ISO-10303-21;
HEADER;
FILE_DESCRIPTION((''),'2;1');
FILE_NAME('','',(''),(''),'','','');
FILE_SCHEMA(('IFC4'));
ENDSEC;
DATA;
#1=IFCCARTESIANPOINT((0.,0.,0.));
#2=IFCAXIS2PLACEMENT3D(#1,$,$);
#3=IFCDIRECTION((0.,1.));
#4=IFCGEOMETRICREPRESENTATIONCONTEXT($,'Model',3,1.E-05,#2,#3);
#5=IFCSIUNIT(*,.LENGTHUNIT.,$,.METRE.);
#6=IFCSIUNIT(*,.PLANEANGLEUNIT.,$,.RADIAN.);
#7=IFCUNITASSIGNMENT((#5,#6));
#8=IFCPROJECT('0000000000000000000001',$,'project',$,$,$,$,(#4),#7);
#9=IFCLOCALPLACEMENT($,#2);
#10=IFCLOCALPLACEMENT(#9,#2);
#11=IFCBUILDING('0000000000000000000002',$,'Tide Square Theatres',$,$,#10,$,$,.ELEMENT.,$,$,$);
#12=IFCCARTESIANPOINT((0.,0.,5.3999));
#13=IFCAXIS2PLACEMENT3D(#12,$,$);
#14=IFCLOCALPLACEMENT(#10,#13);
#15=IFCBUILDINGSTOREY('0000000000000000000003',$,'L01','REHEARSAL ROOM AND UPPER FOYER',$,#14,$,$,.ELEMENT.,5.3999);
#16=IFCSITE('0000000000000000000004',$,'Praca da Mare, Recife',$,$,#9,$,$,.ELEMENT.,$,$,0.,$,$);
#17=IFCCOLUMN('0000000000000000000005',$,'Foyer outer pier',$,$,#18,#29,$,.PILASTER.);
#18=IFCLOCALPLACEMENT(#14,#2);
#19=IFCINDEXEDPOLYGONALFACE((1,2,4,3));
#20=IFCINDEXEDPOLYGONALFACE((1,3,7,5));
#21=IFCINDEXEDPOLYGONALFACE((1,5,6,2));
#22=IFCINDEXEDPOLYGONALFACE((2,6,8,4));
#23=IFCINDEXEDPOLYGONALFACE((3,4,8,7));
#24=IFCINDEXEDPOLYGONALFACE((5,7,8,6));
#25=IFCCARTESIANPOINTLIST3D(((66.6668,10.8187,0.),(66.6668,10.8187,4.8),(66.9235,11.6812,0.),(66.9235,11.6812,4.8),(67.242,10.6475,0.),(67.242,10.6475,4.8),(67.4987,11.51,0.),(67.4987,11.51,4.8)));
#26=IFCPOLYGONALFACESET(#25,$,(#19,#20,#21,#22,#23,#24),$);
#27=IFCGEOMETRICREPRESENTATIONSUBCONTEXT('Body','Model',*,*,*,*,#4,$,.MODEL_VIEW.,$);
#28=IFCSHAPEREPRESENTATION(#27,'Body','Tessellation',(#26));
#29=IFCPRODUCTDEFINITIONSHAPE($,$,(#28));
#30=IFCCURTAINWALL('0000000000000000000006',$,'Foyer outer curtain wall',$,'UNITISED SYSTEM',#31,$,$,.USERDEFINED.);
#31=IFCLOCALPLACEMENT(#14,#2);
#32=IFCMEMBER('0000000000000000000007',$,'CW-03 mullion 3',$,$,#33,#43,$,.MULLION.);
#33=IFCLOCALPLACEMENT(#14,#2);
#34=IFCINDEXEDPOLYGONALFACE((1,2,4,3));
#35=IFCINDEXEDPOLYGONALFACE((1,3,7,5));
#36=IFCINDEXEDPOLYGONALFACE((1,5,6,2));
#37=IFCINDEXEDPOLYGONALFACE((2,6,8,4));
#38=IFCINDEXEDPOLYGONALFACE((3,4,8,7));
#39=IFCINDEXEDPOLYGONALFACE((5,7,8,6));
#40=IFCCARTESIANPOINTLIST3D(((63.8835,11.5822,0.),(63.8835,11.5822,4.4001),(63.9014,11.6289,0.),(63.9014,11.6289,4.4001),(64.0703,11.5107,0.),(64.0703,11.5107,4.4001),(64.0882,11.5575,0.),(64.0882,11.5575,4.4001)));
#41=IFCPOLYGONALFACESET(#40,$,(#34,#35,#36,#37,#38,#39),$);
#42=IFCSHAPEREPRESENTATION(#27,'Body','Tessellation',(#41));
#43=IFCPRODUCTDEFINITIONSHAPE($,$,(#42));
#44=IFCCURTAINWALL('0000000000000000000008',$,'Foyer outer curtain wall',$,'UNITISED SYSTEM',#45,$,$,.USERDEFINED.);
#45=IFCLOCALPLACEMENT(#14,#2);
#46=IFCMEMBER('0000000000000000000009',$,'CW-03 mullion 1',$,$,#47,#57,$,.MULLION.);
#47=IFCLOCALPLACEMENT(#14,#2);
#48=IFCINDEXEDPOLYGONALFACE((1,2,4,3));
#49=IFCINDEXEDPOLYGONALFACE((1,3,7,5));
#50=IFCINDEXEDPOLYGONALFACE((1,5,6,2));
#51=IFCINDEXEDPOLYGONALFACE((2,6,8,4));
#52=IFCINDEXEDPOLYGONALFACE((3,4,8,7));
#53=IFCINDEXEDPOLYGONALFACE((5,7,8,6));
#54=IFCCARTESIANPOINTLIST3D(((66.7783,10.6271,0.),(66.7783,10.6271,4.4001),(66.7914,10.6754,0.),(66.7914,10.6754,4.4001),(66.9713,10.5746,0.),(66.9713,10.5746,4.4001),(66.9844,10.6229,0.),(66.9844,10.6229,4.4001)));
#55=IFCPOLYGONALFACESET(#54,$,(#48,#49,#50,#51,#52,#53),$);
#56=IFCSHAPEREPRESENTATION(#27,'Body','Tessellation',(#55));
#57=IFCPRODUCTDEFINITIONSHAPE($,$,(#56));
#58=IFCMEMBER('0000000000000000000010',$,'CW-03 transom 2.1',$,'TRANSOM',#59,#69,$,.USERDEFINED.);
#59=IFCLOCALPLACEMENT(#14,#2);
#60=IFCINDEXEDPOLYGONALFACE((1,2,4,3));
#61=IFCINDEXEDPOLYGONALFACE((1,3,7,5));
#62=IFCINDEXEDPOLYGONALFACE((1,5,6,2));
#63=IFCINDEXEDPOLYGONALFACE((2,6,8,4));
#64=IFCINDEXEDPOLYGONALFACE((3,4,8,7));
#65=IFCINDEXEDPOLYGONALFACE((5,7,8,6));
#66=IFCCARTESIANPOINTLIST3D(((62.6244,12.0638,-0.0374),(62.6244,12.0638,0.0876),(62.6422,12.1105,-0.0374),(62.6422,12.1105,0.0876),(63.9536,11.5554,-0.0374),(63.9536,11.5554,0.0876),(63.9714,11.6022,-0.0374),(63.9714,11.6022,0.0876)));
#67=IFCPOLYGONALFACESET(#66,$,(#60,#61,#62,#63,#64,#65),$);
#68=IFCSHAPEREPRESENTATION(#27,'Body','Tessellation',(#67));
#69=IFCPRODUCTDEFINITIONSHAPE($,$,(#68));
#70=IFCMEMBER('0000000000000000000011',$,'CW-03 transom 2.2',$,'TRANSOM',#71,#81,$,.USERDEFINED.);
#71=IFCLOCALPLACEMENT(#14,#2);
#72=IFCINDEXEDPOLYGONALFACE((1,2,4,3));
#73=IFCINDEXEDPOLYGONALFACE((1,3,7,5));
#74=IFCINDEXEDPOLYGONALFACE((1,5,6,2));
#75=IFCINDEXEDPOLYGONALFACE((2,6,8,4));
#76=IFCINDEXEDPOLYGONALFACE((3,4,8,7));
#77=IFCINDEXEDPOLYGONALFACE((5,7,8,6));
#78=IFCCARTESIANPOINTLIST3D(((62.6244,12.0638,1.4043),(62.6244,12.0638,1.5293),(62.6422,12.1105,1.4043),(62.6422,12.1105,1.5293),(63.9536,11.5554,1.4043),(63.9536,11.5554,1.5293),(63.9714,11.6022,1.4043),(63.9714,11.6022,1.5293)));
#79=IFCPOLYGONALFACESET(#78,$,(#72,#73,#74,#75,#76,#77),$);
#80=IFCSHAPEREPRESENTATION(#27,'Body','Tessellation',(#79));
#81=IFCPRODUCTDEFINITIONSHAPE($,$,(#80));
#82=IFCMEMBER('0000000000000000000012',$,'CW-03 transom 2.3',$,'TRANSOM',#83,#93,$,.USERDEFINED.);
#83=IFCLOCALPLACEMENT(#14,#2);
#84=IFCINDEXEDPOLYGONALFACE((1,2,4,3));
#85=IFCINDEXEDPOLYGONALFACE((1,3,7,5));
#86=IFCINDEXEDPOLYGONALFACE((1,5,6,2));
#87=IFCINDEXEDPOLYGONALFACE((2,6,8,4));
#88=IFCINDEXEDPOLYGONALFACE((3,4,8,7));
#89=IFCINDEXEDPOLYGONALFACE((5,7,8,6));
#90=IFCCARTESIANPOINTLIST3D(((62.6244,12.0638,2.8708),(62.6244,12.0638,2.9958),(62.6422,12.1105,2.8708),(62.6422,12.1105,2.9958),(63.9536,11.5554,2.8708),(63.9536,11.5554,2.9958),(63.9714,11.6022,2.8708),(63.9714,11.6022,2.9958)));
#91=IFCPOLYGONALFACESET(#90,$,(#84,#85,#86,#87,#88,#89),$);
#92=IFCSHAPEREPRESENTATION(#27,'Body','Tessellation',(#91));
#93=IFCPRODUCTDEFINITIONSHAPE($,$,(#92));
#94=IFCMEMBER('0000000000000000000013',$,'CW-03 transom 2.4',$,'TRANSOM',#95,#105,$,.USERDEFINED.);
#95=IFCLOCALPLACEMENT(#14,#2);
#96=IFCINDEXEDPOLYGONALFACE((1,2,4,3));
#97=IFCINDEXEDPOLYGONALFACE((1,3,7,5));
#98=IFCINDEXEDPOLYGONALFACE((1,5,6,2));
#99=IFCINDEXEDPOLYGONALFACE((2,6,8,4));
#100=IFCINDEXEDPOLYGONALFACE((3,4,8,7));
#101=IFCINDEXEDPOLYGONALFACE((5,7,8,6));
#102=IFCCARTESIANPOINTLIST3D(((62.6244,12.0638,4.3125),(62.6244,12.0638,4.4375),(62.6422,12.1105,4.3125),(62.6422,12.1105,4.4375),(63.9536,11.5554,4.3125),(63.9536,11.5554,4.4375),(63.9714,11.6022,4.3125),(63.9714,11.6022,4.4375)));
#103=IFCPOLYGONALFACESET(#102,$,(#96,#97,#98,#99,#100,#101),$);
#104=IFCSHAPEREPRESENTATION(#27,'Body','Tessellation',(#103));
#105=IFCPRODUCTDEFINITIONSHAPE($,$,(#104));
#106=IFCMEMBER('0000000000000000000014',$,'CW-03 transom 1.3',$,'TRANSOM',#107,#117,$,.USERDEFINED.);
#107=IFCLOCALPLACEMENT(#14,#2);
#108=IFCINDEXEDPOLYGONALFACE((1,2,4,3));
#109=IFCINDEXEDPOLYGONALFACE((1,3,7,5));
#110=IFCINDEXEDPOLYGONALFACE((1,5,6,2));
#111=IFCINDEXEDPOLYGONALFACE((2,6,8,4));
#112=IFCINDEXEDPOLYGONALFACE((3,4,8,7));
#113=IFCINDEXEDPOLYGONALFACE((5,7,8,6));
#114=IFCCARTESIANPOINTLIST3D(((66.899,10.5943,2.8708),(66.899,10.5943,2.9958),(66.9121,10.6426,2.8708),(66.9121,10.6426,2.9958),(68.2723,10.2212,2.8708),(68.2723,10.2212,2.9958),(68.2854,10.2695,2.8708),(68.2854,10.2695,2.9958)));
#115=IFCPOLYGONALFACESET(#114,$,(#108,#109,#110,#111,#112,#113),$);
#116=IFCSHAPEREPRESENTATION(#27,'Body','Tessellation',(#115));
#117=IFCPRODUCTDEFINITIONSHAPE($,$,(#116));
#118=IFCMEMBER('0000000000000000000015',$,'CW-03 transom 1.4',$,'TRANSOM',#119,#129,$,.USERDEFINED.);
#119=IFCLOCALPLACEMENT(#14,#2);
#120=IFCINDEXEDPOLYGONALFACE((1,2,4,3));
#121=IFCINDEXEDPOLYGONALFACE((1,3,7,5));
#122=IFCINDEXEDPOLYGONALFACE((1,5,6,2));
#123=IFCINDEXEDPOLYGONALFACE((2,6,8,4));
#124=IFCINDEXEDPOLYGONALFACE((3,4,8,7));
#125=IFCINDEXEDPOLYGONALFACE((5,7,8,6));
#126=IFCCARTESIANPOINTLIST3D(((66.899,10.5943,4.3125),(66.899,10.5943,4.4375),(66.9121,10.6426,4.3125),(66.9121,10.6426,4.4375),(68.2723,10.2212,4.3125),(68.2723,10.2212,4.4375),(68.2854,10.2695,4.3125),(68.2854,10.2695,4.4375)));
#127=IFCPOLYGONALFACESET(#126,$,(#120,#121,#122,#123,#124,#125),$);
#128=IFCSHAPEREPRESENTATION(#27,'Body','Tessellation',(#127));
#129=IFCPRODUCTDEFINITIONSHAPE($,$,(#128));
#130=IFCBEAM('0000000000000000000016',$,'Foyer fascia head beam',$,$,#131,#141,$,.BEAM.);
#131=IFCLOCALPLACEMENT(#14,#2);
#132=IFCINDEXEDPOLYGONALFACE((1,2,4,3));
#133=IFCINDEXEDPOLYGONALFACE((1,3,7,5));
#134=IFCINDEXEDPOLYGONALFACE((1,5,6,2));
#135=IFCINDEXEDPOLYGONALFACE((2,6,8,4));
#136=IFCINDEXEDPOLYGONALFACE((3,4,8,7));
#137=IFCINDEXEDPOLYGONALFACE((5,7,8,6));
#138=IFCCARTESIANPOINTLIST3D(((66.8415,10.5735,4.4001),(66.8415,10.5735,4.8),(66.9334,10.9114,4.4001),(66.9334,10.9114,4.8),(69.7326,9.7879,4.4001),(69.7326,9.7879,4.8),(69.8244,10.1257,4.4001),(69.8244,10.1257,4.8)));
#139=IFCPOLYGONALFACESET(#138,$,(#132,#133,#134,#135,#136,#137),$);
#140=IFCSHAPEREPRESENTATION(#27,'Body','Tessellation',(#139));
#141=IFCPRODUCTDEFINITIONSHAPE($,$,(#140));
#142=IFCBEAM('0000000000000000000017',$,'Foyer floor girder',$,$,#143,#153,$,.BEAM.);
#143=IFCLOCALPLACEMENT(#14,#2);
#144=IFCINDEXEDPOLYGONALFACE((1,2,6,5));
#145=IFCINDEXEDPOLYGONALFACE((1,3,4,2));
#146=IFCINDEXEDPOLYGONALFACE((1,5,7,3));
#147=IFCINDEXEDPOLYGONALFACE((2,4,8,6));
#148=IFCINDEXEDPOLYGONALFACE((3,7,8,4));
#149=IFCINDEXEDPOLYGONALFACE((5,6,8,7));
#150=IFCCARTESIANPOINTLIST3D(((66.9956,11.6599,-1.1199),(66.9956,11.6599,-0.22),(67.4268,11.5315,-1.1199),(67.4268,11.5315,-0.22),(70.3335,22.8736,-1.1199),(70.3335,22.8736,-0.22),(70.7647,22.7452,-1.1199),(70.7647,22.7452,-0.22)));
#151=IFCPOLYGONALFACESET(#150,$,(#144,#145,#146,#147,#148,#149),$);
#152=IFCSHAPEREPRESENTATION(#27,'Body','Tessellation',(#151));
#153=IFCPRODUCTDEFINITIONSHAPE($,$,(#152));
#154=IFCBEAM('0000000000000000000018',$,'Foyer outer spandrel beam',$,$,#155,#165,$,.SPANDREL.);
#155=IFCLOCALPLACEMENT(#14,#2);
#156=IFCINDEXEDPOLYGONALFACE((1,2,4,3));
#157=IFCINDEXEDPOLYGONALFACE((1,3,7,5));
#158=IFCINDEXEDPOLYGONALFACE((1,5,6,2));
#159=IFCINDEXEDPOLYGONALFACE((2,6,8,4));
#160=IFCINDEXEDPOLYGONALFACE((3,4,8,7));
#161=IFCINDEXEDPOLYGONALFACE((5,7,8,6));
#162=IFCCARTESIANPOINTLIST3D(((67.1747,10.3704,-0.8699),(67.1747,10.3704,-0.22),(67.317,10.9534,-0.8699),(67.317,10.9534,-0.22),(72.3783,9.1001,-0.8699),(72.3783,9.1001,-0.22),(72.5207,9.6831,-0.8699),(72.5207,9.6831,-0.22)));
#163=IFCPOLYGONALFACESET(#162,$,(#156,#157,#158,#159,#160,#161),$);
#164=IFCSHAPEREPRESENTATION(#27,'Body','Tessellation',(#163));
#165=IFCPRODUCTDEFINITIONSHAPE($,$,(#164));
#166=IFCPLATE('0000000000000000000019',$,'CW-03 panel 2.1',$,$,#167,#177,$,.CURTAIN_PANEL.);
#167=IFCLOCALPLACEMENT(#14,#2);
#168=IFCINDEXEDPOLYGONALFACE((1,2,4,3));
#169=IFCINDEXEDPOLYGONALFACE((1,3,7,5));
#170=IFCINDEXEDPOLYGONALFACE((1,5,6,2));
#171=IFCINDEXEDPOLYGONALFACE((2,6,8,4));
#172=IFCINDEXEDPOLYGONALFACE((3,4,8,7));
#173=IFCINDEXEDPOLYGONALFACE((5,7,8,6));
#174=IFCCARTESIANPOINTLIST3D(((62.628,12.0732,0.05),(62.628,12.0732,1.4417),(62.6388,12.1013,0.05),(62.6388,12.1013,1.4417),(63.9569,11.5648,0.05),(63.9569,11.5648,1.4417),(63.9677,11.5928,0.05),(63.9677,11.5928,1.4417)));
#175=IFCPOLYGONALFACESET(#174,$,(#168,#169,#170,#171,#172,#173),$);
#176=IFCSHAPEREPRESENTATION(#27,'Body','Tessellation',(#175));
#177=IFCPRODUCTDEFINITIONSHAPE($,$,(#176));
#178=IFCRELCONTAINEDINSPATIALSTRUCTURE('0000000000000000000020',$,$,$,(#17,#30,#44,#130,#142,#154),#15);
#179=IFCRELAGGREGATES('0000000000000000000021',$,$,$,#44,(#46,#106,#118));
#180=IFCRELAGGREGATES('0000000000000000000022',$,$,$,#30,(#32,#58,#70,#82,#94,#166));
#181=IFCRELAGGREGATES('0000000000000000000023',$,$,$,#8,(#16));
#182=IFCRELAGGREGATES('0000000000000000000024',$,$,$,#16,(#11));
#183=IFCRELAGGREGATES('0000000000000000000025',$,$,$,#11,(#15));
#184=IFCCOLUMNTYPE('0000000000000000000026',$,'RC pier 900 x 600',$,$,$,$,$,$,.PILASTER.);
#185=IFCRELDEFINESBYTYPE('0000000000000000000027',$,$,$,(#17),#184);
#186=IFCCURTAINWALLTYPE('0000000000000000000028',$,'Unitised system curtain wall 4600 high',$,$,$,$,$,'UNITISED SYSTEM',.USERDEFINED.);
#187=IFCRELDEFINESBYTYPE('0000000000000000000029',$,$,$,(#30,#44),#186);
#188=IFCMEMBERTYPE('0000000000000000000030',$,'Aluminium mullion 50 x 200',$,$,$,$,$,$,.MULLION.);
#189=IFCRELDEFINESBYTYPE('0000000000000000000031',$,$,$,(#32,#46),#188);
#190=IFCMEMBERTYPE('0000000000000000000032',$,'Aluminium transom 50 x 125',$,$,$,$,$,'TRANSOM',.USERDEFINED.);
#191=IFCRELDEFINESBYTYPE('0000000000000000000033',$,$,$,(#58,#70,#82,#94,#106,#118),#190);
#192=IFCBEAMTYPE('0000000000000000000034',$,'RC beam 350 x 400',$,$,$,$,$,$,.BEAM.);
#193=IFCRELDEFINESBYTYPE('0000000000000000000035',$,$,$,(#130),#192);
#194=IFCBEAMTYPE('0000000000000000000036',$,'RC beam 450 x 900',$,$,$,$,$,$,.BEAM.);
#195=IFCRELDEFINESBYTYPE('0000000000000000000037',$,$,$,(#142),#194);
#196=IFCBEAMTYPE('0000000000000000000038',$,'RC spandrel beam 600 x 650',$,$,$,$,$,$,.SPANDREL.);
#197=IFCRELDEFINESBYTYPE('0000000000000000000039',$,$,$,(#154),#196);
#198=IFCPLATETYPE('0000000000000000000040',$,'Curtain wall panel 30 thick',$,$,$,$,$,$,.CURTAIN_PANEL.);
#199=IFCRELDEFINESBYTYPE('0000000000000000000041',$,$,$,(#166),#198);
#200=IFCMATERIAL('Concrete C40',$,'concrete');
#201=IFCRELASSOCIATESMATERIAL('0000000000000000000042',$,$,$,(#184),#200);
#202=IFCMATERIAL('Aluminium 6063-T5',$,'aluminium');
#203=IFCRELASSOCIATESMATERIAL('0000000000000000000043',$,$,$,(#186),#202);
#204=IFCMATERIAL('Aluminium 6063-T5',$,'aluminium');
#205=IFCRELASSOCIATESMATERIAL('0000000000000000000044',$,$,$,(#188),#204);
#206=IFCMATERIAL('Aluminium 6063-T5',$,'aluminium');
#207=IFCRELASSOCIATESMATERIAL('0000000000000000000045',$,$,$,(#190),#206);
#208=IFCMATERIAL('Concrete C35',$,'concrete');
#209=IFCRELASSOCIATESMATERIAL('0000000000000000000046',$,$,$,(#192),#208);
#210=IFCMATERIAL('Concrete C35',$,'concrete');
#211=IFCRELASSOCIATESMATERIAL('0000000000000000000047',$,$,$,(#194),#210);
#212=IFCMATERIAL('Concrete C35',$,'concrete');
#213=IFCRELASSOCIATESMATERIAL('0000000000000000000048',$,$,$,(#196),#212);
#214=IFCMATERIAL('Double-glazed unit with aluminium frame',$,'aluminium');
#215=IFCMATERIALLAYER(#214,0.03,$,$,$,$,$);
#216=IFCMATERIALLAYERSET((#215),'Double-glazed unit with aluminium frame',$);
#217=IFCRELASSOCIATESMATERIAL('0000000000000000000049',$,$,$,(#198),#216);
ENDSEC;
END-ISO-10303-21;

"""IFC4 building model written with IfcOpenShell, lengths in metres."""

from ifc_helpers import new_model, si_unit, direction, frame, origin, origin_2d, place, context, subcontext, project, spatial, rectangle, extrude, material, layer, layer_set, material_profile, profile_set, type_object, element, aggregate, save


model = new_model("IFC4")

# Units and contexts
model_context = context("Model", 3, precision=1e-05, world=origin(), true_north=direction((0.0, 1.0)))
body_context = subcontext(model_context, "Body", "Model", "MODEL_VIEW")
ifc_project = project(units=[si_unit("LENGTHUNIT", "METRE"), si_unit("PLANEANGLEUNIT", "RADIAN")], contexts=[model_context])

# Site, building, storey
site_placement = place(None, origin())
site = spatial("IfcSite", under=ifc_project, at=site_placement, Name="Praca da Mare, Recife", CompositionType="ELEMENT", RefElevation=0.0)
building_placement = place(site_placement, origin())
building = spatial("IfcBuilding", under=site, at=building_placement, Name="Tide Square Theatres", CompositionType="ELEMENT")
storey_placement = place(building_placement, frame((0.0, 0.0, 5.3999)))
storey = spatial("IfcBuildingStorey", under=building, at=storey_placement, Name="L01", Description="REHEARSAL ROOM AND UPPER FOYER", CompositionType="ELEMENT", Elevation=5.3999)

# Column
ifc_material_1 = material(Name="Concrete C40", Category="concrete")
ifc_material_profile_1 = material_profile(ifc_material_1, rectangle(XDim=0.8999, YDim=0.6001, at=origin_2d()))
ifc_profile_set_1 = profile_set([ifc_material_profile_1], Name="Concrete C40")
column_type = type_object("IfcColumnType", Name="RC pier 900 x 600", PredefinedType="PILASTER", material=ifc_profile_set_1)
column_placement = place(storey_placement, frame((67.0828, 11.1643, 0.0), z_axis=(0.0, 0.0, 1.0), x_axis=(-0.285282, -0.958444, 0.0)))
element("IfcColumn", 1, at=column_placement, inside=storey, type_object=column_type, Name="Foyer outer pier", PredefinedType="PILASTER", context=body_context, shape_type="SweptSolid", body=[
    extrude(rectangle(XDim=0.8999, YDim=0.6001, at=origin_2d()), origin(), (0.0, 0.0, 1.0), 4.8),
])

# Curtain walls, members
ifc_material_2 = material(Name="Aluminium 6063-T5", Category="aluminium")
curtain_wall_type = type_object("IfcCurtainWallType", Name="Unitised system curtain wall 4600 high", ElementType="UNITISED SYSTEM", PredefinedType="USERDEFINED", material=ifc_material_2)
curtain_wall_1_placement = place(storey_placement, origin())
curtain_wall_1 = element("IfcCurtainWall", 2, at=curtain_wall_1_placement, inside=storey, type_object=curtain_wall_type, Name="Foyer outer curtain wall", ObjectType="UNITISED SYSTEM", PredefinedType="USERDEFINED")
ifc_material_3 = material(Name="Aluminium 6063-T5", Category="aluminium")
ifc_material_profile_2 = material_profile(ifc_material_3, rectangle(XDim=0.05, YDim=0.2, at=origin_2d()))
ifc_profile_set_2 = profile_set([ifc_material_profile_2], Name="Aluminium 6063-T5")
member_type_1 = type_object("IfcMemberType", Name="Aluminium mullion 50 x 200", PredefinedType="MULLION", material=ifc_profile_set_2)
member_1_placement = place(storey_placement, frame((63.9858, 11.5698, 0.0), z_axis=(0.0, 0.0, 1.0), x_axis=(0.357352, 0.93397, 0.0)))
member_1 = element("IfcMember", 3, at=member_1_placement, type_object=member_type_1, Name="CW-03 mullion 3", PredefinedType="MULLION", context=body_context, shape_type="SweptSolid", body=[
    extrude(rectangle(XDim=0.05, YDim=0.2, at=origin_2d()), origin(), (0.0, 0.0, 1.0), 4.4001),
])
curtain_wall_2_placement = place(storey_placement, origin())
curtain_wall_2 = element("IfcCurtainWall", 4, at=curtain_wall_2_placement, inside=storey, type_object=curtain_wall_type, Name="Foyer outer curtain wall", ObjectType="UNITISED SYSTEM", PredefinedType="USERDEFINED")
member_2_placement = place(storey_placement, frame((66.8813, 10.625, 0.0), z_axis=(0.0, 0.0, 1.0), x_axis=(0.262214, 0.96501, 0.0)))
member_2 = element("IfcMember", 5, at=member_2_placement, type_object=member_type_1, Name="CW-03 mullion 1", PredefinedType="MULLION", context=body_context, shape_type="SweptSolid", body=[
    extrude(rectangle(XDim=0.05, YDim=0.2, at=origin_2d()), origin(), (0.0, 0.0, 1.0), 4.4001),
])

# Members
ifc_material_4 = material(Name="Aluminium 6063-T5", Category="aluminium")
ifc_material_profile_3 = material_profile(ifc_material_4, rectangle(XDim=0.05, YDim=0.125, at=origin_2d()))
ifc_profile_set_3 = profile_set([ifc_material_profile_3], Name="Aluminium 6063-T5")
member_type_2 = type_object("IfcMemberType", Name="Aluminium transom 50 x 125", ElementType="TRANSOM", PredefinedType="USERDEFINED", material=ifc_profile_set_3)
member_3_placement = place(storey_placement, frame((62.6333, 12.0872, 0.0251), z_axis=(0.934025, -0.357208, 0.0), x_axis=(0.357208, 0.934025, 0.0)))
member_3 = element("IfcMember", 6, at=member_3_placement, type_object=member_type_2, Name="CW-03 transom 2.1", ObjectType="TRANSOM", PredefinedType="USERDEFINED", context=body_context, shape_type="SweptSolid", body=[
    extrude(rectangle(XDim=0.05, YDim=0.125, at=origin_2d()), origin(), (0.0, 0.0, 1.0), 1.4231),
])
member_4_placement = place(storey_placement, frame((62.6333, 12.0872, 1.4668), z_axis=(0.934025, -0.357208, 0.0), x_axis=(0.357208, 0.934025, 0.0)))
member_4 = element("IfcMember", 7, at=member_4_placement, type_object=member_type_2, Name="CW-03 transom 2.2", ObjectType="TRANSOM", PredefinedType="USERDEFINED", context=body_context, shape_type="SweptSolid", body=[
    extrude(rectangle(XDim=0.05, YDim=0.125, at=origin_2d()), origin(), (0.0, 0.0, 1.0), 1.4231),
])
member_5_placement = place(storey_placement, frame((62.6333, 12.0872, 2.9333), z_axis=(0.934025, -0.357208, 0.0), x_axis=(0.357208, 0.934025, 0.0)))
member_5 = element("IfcMember", 8, at=member_5_placement, type_object=member_type_2, Name="CW-03 transom 2.3", ObjectType="TRANSOM", PredefinedType="USERDEFINED", context=body_context, shape_type="SweptSolid", body=[
    extrude(rectangle(XDim=0.05, YDim=0.125, at=origin_2d()), origin(), (0.0, 0.0, 1.0), 1.4231),
])
member_6_placement = place(storey_placement, frame((62.6333, 12.0872, 4.375), z_axis=(0.934025, -0.357208, 0.0), x_axis=(0.357208, 0.934025, 0.0)))
member_6 = element("IfcMember", 9, at=member_6_placement, type_object=member_type_2, Name="CW-03 transom 2.4", ObjectType="TRANSOM", PredefinedType="USERDEFINED", context=body_context, shape_type="SweptSolid", body=[
    extrude(rectangle(XDim=0.05, YDim=0.125, at=origin_2d()), origin(), (0.0, 0.0, 1.0), 1.4231),
])
member_7_placement = place(storey_placement, frame((66.9055, 10.6184, 2.9333), z_axis=(0.965029, -0.262145, 0.0), x_axis=(0.262145, 0.965029, 0.0)))
member_7 = element("IfcMember", 10, at=member_7_placement, type_object=member_type_2, Name="CW-03 transom 1.3", ObjectType="TRANSOM", PredefinedType="USERDEFINED", context=body_context, shape_type="SweptSolid", body=[
    extrude(rectangle(XDim=0.05, YDim=0.125, at=origin_2d()), origin(), (0.0, 0.0, 1.0), 1.4231),
])
member_8_placement = place(storey_placement, frame((66.9055, 10.6184, 4.375), z_axis=(0.965029, -0.262145, 0.0), x_axis=(0.262145, 0.965029, 0.0)))
member_8 = element("IfcMember", 11, at=member_8_placement, type_object=member_type_2, Name="CW-03 transom 1.4", ObjectType="TRANSOM", PredefinedType="USERDEFINED", context=body_context, shape_type="SweptSolid", body=[
    extrude(rectangle(XDim=0.05, YDim=0.125, at=origin_2d()), origin(), (0.0, 0.0, 1.0), 1.4231),
])
aggregate(curtain_wall_2, [member_2, member_7, member_8])

# Beams
ifc_material_5 = material(Name="Concrete C35", Category="concrete")
ifc_material_profile_4 = material_profile(ifc_material_5, rectangle(XDim=0.3501, YDim=0.3999, at=origin_2d()))
ifc_profile_set_4 = profile_set([ifc_material_profile_4], Name="Concrete C35")
beam_type_1 = type_object("IfcBeamType", Name="RC beam 350 x 400", PredefinedType="BEAM", material=ifc_profile_set_4)
beam_1_placement = place(storey_placement, frame((66.8875, 10.7424, 4.6001), z_axis=(0.965004, -0.262235, 0.0), x_axis=(0.262235, 0.965004, 0.0)))
element("IfcBeam", 12, at=beam_1_placement, inside=storey, type_object=beam_type_1, Name="Foyer fascia head beam", PredefinedType="BEAM", context=body_context, shape_type="SweptSolid", body=[
    extrude(rectangle(XDim=0.3501, YDim=0.3999, at=origin_2d()), origin(), (0.0, 0.0, 1.0), 2.9958),
])
ifc_material_6 = material(Name="Concrete C35", Category="concrete")
ifc_material_profile_5 = material_profile(ifc_material_6, rectangle(XDim=0.45, YDim=0.8999, at=origin_2d()))
ifc_profile_set_5 = profile_set([ifc_material_profile_5], Name="Concrete C35")
beam_type_2 = type_object("IfcBeamType", Name="RC beam 450 x 900", PredefinedType="BEAM", material=ifc_profile_set_5)
beam_2_placement = place(storey_placement, frame((67.2112, 11.5957, -0.6699), z_axis=(0.285293, 0.95844, 0.0), x_axis=(-0.95844, 0.285293, 0.0)))
element("IfcBeam", 13, at=beam_2_placement, inside=storey, type_object=beam_type_2, Name="Foyer floor girder", PredefinedType="BEAM", context=body_context, shape_type="SweptSolid", body=[
    extrude(rectangle(XDim=0.45, YDim=0.8999, at=origin_2d()), origin(), (0.0, 0.0, 1.0), 11.7),
])
ifc_material_7 = material(Name="Concrete C35", Category="concrete")
ifc_material_profile_6 = material_profile(ifc_material_7, rectangle(XDim=0.6001, YDim=0.6499, at=origin_2d()))
ifc_profile_set_6 = profile_set([ifc_material_profile_6], Name="Concrete C35")
beam_type_3 = type_object("IfcBeamType", Name="RC spandrel beam 600 x 650", PredefinedType="SPANDREL", material=ifc_profile_set_6)
beam_3_placement = place(storey_placement, frame((67.2458, 10.6619, -0.5449), z_axis=(0.971473, -0.237148, 0.0), x_axis=(0.237148, 0.971473, 0.0)))
element("IfcBeam", 14, at=beam_3_placement, inside=storey, type_object=beam_type_3, Name="Foyer outer spandrel beam", PredefinedType="SPANDREL", context=body_context, shape_type="SweptSolid", body=[
    extrude(rectangle(XDim=0.6001, YDim=0.6499, at=origin_2d()), origin(), (0.0, 0.0, 1.0), 5.3564),
])

# Plate
ifc_material_8 = material(Name="Double-glazed unit with aluminium frame", Category="aluminium")
ifc_layer_1 = layer(ifc_material_8, 0.03)
ifc_layer_set_1 = layer_set([ifc_layer_1], Name="Double-glazed unit with aluminium frame")
plate_type = type_object("IfcPlateType", Name="Curtain wall panel 30 thick", PredefinedType="CURTAIN_PANEL", material=ifc_layer_set_1)
plate_1_placement = place(storey_placement, frame((63.2979, 11.833, 0.05), z_axis=(0.0, 0.0, 1.0), x_axis=(0.93397, -0.357352, 0.0)))
plate_1 = element("IfcPlate", 15, at=plate_1_placement, type_object=plate_type, Name="CW-03 panel 2.1", PredefinedType="CURTAIN_PANEL", context=body_context, shape_type="SweptSolid", body=[
    extrude(rectangle(XDim=1.4229, YDim=0.03, at=origin_2d()), origin(), (0.0, 0.0, 1.0), 1.3916),
])
aggregate(curtain_wall_1, [member_1, member_3, member_4, member_5, member_6, plate_1])

save(model, "model.ifc")
